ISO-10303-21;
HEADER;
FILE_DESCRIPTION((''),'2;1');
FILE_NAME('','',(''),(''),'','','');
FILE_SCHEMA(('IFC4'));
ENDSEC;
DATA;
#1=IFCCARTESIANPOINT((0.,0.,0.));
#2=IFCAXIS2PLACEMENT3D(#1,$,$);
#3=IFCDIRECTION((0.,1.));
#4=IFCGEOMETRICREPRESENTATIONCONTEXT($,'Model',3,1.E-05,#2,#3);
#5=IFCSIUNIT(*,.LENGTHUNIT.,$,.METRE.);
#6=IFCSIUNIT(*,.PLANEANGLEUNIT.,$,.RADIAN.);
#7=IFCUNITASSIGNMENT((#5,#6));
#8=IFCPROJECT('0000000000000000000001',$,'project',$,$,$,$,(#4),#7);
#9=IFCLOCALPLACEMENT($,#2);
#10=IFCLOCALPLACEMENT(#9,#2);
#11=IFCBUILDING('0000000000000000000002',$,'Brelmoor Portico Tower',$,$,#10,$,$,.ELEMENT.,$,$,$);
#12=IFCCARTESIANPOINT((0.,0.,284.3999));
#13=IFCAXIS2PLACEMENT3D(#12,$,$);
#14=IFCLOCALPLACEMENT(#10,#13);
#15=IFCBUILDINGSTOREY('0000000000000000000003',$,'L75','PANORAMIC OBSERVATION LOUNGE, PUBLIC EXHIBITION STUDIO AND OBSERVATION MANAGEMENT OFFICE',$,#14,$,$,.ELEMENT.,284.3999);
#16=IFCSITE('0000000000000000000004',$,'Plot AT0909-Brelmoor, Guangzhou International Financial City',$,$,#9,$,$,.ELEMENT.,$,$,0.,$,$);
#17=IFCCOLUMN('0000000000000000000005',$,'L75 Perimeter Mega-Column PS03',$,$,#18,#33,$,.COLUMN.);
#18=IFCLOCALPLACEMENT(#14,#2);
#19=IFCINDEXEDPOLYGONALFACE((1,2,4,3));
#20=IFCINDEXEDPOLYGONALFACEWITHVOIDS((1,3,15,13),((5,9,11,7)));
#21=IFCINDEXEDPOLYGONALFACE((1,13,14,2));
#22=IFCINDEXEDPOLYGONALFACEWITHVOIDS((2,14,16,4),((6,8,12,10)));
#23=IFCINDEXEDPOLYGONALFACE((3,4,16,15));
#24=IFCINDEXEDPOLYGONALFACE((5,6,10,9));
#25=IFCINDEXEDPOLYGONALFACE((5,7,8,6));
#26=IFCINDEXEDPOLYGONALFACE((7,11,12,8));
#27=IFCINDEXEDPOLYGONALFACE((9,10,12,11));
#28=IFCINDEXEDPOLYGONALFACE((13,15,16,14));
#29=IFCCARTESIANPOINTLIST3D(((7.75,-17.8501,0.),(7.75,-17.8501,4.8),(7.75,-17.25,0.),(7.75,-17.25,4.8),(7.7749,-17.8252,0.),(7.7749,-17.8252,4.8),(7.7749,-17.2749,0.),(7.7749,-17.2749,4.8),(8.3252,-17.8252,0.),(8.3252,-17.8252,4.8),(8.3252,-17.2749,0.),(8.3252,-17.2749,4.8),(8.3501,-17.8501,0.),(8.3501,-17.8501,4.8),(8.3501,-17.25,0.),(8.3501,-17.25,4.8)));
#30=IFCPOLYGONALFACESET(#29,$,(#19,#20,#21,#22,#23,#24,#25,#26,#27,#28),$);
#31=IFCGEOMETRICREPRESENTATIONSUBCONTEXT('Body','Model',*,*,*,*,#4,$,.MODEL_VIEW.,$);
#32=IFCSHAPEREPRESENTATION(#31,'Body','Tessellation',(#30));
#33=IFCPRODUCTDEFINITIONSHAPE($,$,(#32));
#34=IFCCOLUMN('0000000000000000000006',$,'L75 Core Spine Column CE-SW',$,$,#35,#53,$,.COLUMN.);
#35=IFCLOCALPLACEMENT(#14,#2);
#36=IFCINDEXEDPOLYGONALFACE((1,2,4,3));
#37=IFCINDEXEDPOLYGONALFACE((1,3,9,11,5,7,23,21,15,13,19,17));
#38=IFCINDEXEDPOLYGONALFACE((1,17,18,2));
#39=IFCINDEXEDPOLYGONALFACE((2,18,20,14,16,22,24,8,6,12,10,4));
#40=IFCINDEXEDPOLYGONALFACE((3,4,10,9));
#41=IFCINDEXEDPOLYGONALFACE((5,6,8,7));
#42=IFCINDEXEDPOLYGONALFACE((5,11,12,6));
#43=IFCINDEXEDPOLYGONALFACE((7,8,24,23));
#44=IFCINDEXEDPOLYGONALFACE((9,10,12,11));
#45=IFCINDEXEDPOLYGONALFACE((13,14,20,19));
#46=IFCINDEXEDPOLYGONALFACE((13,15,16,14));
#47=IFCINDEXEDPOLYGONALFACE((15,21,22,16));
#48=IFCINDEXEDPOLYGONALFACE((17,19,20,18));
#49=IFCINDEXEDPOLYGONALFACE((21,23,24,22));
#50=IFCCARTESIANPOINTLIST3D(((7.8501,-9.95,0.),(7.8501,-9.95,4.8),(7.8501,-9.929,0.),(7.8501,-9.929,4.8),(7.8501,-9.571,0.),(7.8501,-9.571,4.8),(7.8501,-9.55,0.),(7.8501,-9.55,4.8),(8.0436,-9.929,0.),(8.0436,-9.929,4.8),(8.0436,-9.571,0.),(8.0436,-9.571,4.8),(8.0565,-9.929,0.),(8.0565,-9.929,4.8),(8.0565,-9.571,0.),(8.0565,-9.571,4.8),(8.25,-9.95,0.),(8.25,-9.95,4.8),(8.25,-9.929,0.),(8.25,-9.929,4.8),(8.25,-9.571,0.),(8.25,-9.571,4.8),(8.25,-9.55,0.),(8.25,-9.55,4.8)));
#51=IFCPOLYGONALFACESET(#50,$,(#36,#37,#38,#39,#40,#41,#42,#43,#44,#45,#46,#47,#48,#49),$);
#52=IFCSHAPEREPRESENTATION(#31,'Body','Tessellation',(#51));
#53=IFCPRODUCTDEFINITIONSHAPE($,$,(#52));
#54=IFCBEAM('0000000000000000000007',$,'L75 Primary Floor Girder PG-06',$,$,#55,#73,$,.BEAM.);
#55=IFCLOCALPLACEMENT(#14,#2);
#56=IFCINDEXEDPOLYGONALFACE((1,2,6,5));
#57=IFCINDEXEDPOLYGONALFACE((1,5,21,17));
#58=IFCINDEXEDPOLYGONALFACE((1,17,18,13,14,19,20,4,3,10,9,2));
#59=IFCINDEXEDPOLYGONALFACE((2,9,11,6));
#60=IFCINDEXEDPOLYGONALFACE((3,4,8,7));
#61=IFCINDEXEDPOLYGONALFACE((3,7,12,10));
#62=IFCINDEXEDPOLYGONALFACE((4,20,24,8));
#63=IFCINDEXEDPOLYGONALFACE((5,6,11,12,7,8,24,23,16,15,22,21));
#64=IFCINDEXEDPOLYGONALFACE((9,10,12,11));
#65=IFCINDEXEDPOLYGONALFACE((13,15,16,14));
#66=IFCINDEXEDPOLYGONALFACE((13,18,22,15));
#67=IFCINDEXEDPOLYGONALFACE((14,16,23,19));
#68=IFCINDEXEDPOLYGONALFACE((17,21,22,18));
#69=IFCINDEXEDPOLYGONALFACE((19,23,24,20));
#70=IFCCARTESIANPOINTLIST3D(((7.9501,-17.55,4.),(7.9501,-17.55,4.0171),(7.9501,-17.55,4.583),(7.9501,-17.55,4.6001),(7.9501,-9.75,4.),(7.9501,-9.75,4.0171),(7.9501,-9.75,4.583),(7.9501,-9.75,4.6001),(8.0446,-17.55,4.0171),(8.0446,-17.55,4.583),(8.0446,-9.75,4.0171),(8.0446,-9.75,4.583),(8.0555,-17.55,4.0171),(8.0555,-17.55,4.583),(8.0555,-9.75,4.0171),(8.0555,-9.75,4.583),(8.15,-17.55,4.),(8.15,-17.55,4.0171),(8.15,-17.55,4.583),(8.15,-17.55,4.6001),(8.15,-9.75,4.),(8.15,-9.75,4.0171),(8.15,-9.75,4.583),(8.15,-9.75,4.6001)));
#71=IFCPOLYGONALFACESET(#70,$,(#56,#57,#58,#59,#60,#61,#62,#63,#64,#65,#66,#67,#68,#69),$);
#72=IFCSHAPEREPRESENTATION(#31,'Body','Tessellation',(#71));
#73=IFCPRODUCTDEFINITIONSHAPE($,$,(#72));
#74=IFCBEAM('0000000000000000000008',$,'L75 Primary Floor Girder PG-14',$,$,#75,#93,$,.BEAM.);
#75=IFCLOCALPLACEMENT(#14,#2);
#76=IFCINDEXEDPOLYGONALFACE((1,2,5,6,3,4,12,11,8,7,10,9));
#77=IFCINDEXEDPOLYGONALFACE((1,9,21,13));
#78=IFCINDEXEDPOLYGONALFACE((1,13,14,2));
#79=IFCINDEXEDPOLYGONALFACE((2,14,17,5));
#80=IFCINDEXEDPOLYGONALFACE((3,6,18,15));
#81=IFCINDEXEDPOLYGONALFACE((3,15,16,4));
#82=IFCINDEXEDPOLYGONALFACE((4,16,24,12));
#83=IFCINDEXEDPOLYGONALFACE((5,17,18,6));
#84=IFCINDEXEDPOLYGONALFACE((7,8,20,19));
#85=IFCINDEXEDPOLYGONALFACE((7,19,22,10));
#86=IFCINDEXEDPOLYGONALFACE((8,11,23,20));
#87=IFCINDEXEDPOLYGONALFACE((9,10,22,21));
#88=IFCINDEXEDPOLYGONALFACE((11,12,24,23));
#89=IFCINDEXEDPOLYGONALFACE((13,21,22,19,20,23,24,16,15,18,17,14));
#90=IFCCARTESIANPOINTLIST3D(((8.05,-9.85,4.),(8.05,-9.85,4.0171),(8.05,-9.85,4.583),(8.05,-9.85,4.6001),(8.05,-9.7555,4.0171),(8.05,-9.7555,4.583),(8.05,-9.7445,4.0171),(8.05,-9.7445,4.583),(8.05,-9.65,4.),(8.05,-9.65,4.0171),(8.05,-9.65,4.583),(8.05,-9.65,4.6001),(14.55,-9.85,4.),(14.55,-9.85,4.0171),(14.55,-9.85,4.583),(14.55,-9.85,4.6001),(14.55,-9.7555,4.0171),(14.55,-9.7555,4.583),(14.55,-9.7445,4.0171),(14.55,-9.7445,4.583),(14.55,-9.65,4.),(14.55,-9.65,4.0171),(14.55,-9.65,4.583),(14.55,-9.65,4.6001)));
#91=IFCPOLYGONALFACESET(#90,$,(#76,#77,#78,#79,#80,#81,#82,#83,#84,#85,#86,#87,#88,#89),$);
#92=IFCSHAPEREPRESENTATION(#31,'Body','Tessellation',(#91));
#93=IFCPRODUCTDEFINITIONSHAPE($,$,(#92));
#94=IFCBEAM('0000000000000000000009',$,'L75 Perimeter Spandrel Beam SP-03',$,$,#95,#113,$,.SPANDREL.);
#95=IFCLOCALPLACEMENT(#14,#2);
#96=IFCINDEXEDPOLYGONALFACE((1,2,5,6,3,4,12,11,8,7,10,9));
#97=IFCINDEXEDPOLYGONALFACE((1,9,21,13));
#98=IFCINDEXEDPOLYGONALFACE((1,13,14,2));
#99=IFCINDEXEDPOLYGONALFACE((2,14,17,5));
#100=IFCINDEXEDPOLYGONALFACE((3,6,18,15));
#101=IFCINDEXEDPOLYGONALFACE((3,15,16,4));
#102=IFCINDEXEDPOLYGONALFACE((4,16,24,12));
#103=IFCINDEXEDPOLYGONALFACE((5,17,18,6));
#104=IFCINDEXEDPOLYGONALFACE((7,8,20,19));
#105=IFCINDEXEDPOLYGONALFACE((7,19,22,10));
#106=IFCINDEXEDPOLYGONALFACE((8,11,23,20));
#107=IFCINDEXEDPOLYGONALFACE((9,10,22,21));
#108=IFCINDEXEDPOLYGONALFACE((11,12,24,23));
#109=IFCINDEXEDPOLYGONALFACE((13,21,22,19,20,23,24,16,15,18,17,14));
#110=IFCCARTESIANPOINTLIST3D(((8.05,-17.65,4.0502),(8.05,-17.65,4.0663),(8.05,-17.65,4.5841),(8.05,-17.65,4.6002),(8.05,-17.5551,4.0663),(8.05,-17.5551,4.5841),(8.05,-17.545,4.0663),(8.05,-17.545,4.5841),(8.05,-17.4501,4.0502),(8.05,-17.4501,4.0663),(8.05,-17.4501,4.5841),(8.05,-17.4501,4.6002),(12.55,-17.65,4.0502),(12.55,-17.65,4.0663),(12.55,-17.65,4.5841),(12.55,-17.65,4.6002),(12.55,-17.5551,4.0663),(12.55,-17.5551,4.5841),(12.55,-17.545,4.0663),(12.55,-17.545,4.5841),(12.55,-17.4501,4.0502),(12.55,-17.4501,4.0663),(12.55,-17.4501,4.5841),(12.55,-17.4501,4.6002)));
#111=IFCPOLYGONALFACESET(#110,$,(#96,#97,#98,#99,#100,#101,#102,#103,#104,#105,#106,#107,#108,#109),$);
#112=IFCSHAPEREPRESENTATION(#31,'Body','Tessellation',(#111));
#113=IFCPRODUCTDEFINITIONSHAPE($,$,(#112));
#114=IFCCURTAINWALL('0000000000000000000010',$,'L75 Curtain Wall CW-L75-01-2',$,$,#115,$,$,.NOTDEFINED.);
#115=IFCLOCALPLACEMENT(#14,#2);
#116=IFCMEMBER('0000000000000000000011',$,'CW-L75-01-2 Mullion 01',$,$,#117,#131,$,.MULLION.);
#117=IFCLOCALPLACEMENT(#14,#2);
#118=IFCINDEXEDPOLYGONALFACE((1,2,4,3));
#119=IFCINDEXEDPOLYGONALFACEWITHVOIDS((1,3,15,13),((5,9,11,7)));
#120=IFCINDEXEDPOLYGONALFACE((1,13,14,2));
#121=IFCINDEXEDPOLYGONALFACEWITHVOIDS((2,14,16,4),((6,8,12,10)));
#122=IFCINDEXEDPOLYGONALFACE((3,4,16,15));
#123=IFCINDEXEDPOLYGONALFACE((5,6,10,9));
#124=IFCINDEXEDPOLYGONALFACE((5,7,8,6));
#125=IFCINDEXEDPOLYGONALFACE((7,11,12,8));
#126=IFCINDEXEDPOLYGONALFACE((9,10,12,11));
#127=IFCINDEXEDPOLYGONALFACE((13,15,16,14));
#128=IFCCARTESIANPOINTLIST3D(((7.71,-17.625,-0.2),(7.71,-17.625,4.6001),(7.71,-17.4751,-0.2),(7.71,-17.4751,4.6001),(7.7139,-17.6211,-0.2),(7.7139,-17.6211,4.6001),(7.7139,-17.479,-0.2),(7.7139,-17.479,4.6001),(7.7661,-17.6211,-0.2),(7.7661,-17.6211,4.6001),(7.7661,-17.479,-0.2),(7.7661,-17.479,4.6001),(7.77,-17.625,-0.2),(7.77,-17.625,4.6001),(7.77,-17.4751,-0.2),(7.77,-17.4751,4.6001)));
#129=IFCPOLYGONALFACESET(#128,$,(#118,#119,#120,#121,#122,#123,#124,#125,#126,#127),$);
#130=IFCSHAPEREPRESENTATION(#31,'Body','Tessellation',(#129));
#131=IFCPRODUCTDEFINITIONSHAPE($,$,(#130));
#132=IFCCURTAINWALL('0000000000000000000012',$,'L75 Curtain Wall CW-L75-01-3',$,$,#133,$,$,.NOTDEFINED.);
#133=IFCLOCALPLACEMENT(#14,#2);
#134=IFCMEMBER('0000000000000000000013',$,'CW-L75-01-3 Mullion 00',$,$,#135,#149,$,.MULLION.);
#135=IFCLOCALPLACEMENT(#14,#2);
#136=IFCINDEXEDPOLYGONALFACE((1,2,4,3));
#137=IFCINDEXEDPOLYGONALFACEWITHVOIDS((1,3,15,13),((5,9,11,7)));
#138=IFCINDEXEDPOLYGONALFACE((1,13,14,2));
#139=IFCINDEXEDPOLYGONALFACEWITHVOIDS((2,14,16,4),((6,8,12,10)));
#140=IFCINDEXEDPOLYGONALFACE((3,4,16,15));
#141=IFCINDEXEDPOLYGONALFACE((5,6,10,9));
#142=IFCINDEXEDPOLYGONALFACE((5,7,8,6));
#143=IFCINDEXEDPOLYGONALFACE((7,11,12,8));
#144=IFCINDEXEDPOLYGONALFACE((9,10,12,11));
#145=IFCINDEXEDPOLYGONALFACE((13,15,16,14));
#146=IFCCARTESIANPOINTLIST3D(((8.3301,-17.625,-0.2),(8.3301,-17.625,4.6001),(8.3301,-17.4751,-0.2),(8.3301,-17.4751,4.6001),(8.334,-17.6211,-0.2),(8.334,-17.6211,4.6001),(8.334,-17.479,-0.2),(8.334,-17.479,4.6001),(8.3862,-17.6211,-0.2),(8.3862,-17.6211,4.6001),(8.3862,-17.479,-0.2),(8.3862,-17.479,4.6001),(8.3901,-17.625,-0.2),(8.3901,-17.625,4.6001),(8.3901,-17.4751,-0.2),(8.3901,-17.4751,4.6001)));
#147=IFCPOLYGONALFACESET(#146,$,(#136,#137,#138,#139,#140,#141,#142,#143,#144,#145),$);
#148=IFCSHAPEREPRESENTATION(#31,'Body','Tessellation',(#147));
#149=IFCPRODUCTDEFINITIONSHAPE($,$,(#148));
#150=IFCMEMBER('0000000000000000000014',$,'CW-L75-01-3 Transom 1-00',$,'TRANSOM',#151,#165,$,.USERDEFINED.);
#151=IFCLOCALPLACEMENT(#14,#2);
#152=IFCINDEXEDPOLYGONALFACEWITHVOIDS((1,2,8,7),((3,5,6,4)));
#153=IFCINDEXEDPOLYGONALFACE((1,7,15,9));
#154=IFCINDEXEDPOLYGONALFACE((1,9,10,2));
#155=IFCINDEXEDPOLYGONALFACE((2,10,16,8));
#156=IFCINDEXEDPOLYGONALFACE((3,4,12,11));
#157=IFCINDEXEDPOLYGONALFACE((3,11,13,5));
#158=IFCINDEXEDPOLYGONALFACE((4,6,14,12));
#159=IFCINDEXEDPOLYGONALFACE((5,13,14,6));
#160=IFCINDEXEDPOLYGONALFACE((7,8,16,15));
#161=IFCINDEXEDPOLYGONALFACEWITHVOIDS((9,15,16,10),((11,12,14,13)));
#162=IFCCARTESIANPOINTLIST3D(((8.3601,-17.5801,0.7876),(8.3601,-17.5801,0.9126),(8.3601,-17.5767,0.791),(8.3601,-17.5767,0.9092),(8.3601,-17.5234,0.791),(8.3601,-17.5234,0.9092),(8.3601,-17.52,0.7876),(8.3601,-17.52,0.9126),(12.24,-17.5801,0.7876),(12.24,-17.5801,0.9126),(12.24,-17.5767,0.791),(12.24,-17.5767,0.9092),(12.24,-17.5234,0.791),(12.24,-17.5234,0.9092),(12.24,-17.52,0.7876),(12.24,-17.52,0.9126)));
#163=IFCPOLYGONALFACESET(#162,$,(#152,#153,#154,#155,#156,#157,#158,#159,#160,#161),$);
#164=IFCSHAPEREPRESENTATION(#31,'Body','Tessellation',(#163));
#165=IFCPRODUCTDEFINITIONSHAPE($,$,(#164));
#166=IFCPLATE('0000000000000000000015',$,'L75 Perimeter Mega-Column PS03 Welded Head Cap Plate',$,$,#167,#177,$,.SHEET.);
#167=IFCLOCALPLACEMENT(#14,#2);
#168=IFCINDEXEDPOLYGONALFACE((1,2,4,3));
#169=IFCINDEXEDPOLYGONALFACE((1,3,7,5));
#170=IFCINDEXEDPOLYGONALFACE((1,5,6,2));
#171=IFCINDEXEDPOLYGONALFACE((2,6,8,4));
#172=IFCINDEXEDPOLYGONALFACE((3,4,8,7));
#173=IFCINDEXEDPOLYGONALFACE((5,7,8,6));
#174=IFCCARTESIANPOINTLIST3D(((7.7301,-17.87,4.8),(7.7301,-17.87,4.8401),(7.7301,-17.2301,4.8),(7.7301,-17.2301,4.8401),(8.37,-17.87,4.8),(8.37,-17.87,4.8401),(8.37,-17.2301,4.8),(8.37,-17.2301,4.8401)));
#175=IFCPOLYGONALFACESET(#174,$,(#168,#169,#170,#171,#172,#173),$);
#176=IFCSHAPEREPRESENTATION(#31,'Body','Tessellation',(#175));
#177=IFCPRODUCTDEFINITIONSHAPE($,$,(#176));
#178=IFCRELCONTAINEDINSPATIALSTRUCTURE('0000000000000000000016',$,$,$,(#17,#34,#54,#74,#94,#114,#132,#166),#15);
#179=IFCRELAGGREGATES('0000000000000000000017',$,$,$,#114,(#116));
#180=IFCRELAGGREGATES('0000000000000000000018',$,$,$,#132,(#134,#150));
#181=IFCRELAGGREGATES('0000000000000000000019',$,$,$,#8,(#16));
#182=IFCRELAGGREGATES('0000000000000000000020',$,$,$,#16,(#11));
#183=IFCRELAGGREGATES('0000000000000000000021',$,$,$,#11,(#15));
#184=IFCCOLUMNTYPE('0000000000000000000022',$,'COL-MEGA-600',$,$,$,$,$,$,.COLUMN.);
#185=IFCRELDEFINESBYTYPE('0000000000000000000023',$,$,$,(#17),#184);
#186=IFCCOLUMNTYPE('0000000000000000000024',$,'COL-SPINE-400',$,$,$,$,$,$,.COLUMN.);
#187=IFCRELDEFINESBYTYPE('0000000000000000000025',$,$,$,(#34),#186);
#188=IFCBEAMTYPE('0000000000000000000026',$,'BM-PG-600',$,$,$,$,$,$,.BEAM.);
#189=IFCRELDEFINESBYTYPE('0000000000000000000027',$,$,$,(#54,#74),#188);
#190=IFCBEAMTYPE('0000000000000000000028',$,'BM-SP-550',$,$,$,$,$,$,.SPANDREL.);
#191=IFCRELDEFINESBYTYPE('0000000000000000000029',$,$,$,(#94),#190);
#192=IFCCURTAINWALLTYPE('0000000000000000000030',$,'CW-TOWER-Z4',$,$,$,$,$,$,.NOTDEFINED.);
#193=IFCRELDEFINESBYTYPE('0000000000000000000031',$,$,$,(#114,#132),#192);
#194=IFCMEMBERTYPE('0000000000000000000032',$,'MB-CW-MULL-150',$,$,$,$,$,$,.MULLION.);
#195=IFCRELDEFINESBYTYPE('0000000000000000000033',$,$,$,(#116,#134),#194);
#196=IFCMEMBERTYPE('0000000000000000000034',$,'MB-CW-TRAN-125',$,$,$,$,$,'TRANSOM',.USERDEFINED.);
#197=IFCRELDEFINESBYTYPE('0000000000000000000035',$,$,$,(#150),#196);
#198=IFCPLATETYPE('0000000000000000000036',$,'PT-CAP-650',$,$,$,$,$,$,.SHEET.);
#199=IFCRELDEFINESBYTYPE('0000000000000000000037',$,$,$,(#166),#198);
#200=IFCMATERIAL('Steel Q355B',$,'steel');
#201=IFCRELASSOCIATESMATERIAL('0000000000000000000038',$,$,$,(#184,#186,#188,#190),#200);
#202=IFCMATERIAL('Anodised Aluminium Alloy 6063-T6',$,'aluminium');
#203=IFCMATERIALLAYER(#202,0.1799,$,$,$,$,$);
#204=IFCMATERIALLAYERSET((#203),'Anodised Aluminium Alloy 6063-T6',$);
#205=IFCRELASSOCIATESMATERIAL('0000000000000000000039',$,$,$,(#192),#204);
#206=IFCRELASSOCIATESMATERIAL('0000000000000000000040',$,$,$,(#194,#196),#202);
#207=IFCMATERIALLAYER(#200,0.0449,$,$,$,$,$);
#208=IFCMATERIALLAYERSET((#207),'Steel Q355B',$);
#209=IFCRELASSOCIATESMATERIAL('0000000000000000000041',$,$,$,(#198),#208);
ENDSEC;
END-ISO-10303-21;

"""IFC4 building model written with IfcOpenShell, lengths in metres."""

from ifc_helpers import new_model, si_unit, direction, frame, origin, origin_2d, place, context, subcontext, project, spatial, rectangle, hollow_rectangle, i_section, extrude, material, layer, layer_set, material_profile, profile_set, type_object, element, aggregate, save


model = new_model("IFC4")

# Units and contexts
model_context = context("Model", 3, precision=1e-05, world=origin(), true_north=direction((0.0, 1.0)))
body_context = subcontext(model_context, "Body", "Model", "MODEL_VIEW")
ifc_project = project(units=[si_unit("LENGTHUNIT", "METRE"), si_unit("PLANEANGLEUNIT", "RADIAN")], contexts=[model_context])

# Site, building, storey
site_placement = place(None, origin())
site = spatial("IfcSite", under=ifc_project, at=site_placement, Name="Plot AT0909-Brelmoor, Guangzhou International Financial City", CompositionType="ELEMENT", RefElevation=0.0)
building_placement = place(site_placement, origin())
building = spatial("IfcBuilding", under=site, at=building_placement, Name="Brelmoor Portico Tower", CompositionType="ELEMENT")
storey_placement = place(building_placement, frame((0.0, 0.0, 284.3999)))
storey = spatial("IfcBuildingStorey", under=building, at=storey_placement, Name="L75", Description="PANORAMIC OBSERVATION LOUNGE, PUBLIC EXHIBITION STUDIO AND OBSERVATION MANAGEMENT OFFICE", CompositionType="ELEMENT", Elevation=284.3999)

# Columns
ifc_material_1 = material(Name="Steel Q355B", Category="steel")
ifc_material_profile_1 = material_profile(ifc_material_1, hollow_rectangle(XDim=0.6001, YDim=0.6001, WallThickness=0.0249, at=origin_2d()), Name="BOX 600x600x25")
ifc_profile_set_1 = profile_set([ifc_material_profile_1], Name="Steel Q355B")
column_type_1 = type_object("IfcColumnType", Name="COL-MEGA-600", PredefinedType="COLUMN", material=ifc_profile_set_1)
column_1_placement = place(storey_placement, frame((8.05, -17.55, 0.0), z_axis=(0.0, 0.0, 1.0), x_axis=(1.0, 0.0, 0.0)))
element("IfcColumn", 1, at=column_1_placement, inside=storey, type_object=column_type_1, Name="L75 Perimeter Mega-Column PS03", PredefinedType="COLUMN", context=body_context, shape_type="SweptSolid", body=[
    extrude(hollow_rectangle(XDim=0.6001, YDim=0.6001, WallThickness=0.0249, at=origin_2d()), origin(), (0.0, 0.0, 1.0), 4.8),
])
ifc_material_profile_2 = material_profile(ifc_material_1, i_section(OverallWidth=0.3999, OverallDepth=0.3999, WebThickness=0.0129, FlangeThickness=0.021, at=origin_2d()), Name="HW 400x400x13x21")
ifc_profile_set_2 = profile_set([ifc_material_profile_2], Name="Steel Q355B")
column_type_2 = type_object("IfcColumnType", Name="COL-SPINE-400", PredefinedType="COLUMN", material=ifc_profile_set_2)
column_2_placement = place(storey_placement, frame((8.05, -9.75, 0.0), z_axis=(0.0, 0.0, 1.0), x_axis=(1.0, 0.0, 0.0)))
element("IfcColumn", 2, at=column_2_placement, inside=storey, type_object=column_type_2, Name="L75 Core Spine Column CE-SW", PredefinedType="COLUMN", context=body_context, shape_type="SweptSolid", body=[
    extrude(i_section(OverallWidth=0.3999, OverallDepth=0.3999, WebThickness=0.0129, FlangeThickness=0.021, at=origin_2d()), origin(), (0.0, 0.0, 1.0), 4.8),
])

# Beams
ifc_material_profile_3 = material_profile(ifc_material_1, i_section(OverallWidth=0.2, OverallDepth=0.6001, WebThickness=0.011, FlangeThickness=0.0171, at=origin_2d()), Name="HN 600x200x11x17")
ifc_profile_set_3 = profile_set([ifc_material_profile_3], Name="Steel Q355B")
beam_type_1 = type_object("IfcBeamType", Name="BM-PG-600", PredefinedType="BEAM", material=ifc_profile_set_3)
beam_1_placement = place(storey_placement, frame((8.05, -17.55, 4.3), z_axis=(0.0, 1.0, 0.0), x_axis=(-1.0, 0.0, 0.0)))
element("IfcBeam", 3, at=beam_1_placement, inside=storey, type_object=beam_type_1, Name="L75 Primary Floor Girder PG-06", PredefinedType="BEAM", context=body_context, shape_type="SweptSolid", body=[
    extrude(i_section(OverallWidth=0.2, OverallDepth=0.6001, WebThickness=0.011, FlangeThickness=0.0171, at=origin_2d()), origin(), (0.0, 0.0, 1.0), 7.8),
])
beam_2_placement = place(storey_placement, frame((8.05, -9.75, 4.3), z_axis=(1.0, 0.0, 0.0), x_axis=(0.0, 1.0, 0.0)))
element("IfcBeam", 4, at=beam_2_placement, inside=storey, type_object=beam_type_1, Name="L75 Primary Floor Girder PG-14", PredefinedType="BEAM", context=body_context, shape_type="SweptSolid", body=[
    extrude(i_section(OverallWidth=0.2, OverallDepth=0.6001, WebThickness=0.011, FlangeThickness=0.0171, at=origin_2d()), origin(), (0.0, 0.0, 1.0), 6.5),
])
ifc_material_profile_4 = material_profile(ifc_material_1, i_section(OverallWidth=0.2, OverallDepth=0.55, WebThickness=0.01, FlangeThickness=0.0161, at=origin_2d()), Name="HN 550x200x10x16")
ifc_profile_set_4 = profile_set([ifc_material_profile_4], Name="Steel Q355B")
beam_type_2 = type_object("IfcBeamType", Name="BM-SP-550", PredefinedType="SPANDREL", material=ifc_profile_set_4)
beam_3_placement = place(storey_placement, frame((8.05, -17.55, 4.3252), z_axis=(1.0, 0.0, 0.0), x_axis=(0.0, 1.0, 0.0)))
element("IfcBeam", 5, at=beam_3_placement, inside=storey, type_object=beam_type_2, Name="L75 Perimeter Spandrel Beam SP-03", PredefinedType="SPANDREL", context=body_context, shape_type="SweptSolid", body=[
    extrude(i_section(OverallWidth=0.2, OverallDepth=0.55, WebThickness=0.01, FlangeThickness=0.0161, at=origin_2d()), origin(), (0.0, 0.0, 1.0), 4.5),
])

# Curtain wall, member
ifc_material_2 = material(Name="Anodised Aluminium Alloy 6063-T6", Category="aluminium")
ifc_layer_1 = layer(ifc_material_2, 0.1799)
ifc_layer_set_1 = layer_set([ifc_layer_1], Name="Anodised Aluminium Alloy 6063-T6")
curtain_wall_type = type_object("IfcCurtainWallType", Name="CW-TOWER-Z4", PredefinedType="NOTDEFINED", material=ifc_layer_set_1)
curtain_wall_1_placement = place(storey_placement, origin())
curtain_wall_1 = element("IfcCurtainWall", 6, at=curtain_wall_1_placement, inside=storey, type_object=curtain_wall_type, Name="L75 Curtain Wall CW-L75-01-2", PredefinedType="NOTDEFINED")
ifc_material_profile_5 = material_profile(ifc_material_2, hollow_rectangle(XDim=0.0601, YDim=0.1499, WallThickness=0.0039, at=origin_2d()), Name="ALU MULLION 60x150")
ifc_profile_set_5 = profile_set([ifc_material_profile_5], Name="Anodised Aluminium Alloy 6063-T6")
member_type_1 = type_object("IfcMemberType", Name="MB-CW-MULL-150", PredefinedType="MULLION", material=ifc_profile_set_5)
member_1_placement = place(storey_placement, frame((7.74, -17.55, -0.2), z_axis=(0.0, 0.0, 1.0), x_axis=(1.0, 0.0, 0.0)))
member_1 = element("IfcMember", 7, at=member_1_placement, type_object=member_type_1, Name="CW-L75-01-2 Mullion 01", PredefinedType="MULLION", context=body_context, shape_type="SweptSolid", body=[
    extrude(hollow_rectangle(XDim=0.0601, YDim=0.1499, WallThickness=0.0039, at=origin_2d()), origin(), (0.0, 0.0, 1.0), 4.8),
])

# Curtain wall, members
curtain_wall_2_placement = place(storey_placement, origin())
curtain_wall_2 = element("IfcCurtainWall", 8, at=curtain_wall_2_placement, inside=storey, type_object=curtain_wall_type, Name="L75 Curtain Wall CW-L75-01-3", PredefinedType="NOTDEFINED")
member_2_placement = place(storey_placement, frame((8.3601, -17.55, -0.2), z_axis=(0.0, 0.0, 1.0), x_axis=(1.0, 0.0, 0.0)))
member_2 = element("IfcMember", 9, at=member_2_placement, type_object=member_type_1, Name="CW-L75-01-3 Mullion 00", PredefinedType="MULLION", context=body_context, shape_type="SweptSolid", body=[
    extrude(hollow_rectangle(XDim=0.0601, YDim=0.1499, WallThickness=0.0039, at=origin_2d()), origin(), (0.0, 0.0, 1.0), 4.8),
])
ifc_material_profile_6 = material_profile(ifc_material_2, hollow_rectangle(XDim=0.0601, YDim=0.125, WallThickness=0.0034, at=origin_2d()), Name="ALU TRANSOM 60x125")
ifc_profile_set_6 = profile_set([ifc_material_profile_6], Name="Anodised Aluminium Alloy 6063-T6")
member_type_2 = type_object("IfcMemberType", Name="MB-CW-TRAN-125", ElementType="TRANSOM", PredefinedType="USERDEFINED", material=ifc_profile_set_6)
member_3_placement = place(storey_placement, frame((8.3601, -17.55, 0.8501), z_axis=(1.0, 0.0, 0.0), x_axis=(0.0, 1.0, 0.0)))
member_3 = element("IfcMember", 10, at=member_3_placement, type_object=member_type_2, Name="CW-L75-01-3 Transom 1-00", ObjectType="TRANSOM", PredefinedType="USERDEFINED", context=body_context, shape_type="SweptSolid", body=[
    extrude(hollow_rectangle(XDim=0.0601, YDim=0.125, WallThickness=0.0034, at=origin_2d()), origin(), (0.0, 0.0, 1.0), 3.8799),
])

# Plate
ifc_layer_2 = layer(ifc_material_1, 0.0449)
ifc_layer_set_2 = layer_set([ifc_layer_2], Name="Steel Q355B")
plate_type_1 = type_object("IfcPlateType", Name="PT-CAP-650", PredefinedType="SHEET", material=ifc_layer_set_2)
plate_1_placement = place(storey_placement, frame((8.05, -17.55, 4.8), z_axis=(0.0, 0.0, 1.0), x_axis=(1.0, 0.0, 0.0)))
element("IfcPlate", 11, at=plate_1_placement, inside=storey, type_object=plate_type_1, Name="L75 Perimeter Mega-Column PS03 Welded Head Cap Plate", PredefinedType="SHEET", context=body_context, shape_type="SweptSolid", body=[
    extrude(rectangle(XDim=0.6399, YDim=0.6399, at=origin_2d()), origin(), (0.0, 0.0, 1.0), 0.04),
])
aggregate(curtain_wall_1, [member_1])
aggregate(curtain_wall_2, [member_2, member_3])

save(model, "model.ifc")
